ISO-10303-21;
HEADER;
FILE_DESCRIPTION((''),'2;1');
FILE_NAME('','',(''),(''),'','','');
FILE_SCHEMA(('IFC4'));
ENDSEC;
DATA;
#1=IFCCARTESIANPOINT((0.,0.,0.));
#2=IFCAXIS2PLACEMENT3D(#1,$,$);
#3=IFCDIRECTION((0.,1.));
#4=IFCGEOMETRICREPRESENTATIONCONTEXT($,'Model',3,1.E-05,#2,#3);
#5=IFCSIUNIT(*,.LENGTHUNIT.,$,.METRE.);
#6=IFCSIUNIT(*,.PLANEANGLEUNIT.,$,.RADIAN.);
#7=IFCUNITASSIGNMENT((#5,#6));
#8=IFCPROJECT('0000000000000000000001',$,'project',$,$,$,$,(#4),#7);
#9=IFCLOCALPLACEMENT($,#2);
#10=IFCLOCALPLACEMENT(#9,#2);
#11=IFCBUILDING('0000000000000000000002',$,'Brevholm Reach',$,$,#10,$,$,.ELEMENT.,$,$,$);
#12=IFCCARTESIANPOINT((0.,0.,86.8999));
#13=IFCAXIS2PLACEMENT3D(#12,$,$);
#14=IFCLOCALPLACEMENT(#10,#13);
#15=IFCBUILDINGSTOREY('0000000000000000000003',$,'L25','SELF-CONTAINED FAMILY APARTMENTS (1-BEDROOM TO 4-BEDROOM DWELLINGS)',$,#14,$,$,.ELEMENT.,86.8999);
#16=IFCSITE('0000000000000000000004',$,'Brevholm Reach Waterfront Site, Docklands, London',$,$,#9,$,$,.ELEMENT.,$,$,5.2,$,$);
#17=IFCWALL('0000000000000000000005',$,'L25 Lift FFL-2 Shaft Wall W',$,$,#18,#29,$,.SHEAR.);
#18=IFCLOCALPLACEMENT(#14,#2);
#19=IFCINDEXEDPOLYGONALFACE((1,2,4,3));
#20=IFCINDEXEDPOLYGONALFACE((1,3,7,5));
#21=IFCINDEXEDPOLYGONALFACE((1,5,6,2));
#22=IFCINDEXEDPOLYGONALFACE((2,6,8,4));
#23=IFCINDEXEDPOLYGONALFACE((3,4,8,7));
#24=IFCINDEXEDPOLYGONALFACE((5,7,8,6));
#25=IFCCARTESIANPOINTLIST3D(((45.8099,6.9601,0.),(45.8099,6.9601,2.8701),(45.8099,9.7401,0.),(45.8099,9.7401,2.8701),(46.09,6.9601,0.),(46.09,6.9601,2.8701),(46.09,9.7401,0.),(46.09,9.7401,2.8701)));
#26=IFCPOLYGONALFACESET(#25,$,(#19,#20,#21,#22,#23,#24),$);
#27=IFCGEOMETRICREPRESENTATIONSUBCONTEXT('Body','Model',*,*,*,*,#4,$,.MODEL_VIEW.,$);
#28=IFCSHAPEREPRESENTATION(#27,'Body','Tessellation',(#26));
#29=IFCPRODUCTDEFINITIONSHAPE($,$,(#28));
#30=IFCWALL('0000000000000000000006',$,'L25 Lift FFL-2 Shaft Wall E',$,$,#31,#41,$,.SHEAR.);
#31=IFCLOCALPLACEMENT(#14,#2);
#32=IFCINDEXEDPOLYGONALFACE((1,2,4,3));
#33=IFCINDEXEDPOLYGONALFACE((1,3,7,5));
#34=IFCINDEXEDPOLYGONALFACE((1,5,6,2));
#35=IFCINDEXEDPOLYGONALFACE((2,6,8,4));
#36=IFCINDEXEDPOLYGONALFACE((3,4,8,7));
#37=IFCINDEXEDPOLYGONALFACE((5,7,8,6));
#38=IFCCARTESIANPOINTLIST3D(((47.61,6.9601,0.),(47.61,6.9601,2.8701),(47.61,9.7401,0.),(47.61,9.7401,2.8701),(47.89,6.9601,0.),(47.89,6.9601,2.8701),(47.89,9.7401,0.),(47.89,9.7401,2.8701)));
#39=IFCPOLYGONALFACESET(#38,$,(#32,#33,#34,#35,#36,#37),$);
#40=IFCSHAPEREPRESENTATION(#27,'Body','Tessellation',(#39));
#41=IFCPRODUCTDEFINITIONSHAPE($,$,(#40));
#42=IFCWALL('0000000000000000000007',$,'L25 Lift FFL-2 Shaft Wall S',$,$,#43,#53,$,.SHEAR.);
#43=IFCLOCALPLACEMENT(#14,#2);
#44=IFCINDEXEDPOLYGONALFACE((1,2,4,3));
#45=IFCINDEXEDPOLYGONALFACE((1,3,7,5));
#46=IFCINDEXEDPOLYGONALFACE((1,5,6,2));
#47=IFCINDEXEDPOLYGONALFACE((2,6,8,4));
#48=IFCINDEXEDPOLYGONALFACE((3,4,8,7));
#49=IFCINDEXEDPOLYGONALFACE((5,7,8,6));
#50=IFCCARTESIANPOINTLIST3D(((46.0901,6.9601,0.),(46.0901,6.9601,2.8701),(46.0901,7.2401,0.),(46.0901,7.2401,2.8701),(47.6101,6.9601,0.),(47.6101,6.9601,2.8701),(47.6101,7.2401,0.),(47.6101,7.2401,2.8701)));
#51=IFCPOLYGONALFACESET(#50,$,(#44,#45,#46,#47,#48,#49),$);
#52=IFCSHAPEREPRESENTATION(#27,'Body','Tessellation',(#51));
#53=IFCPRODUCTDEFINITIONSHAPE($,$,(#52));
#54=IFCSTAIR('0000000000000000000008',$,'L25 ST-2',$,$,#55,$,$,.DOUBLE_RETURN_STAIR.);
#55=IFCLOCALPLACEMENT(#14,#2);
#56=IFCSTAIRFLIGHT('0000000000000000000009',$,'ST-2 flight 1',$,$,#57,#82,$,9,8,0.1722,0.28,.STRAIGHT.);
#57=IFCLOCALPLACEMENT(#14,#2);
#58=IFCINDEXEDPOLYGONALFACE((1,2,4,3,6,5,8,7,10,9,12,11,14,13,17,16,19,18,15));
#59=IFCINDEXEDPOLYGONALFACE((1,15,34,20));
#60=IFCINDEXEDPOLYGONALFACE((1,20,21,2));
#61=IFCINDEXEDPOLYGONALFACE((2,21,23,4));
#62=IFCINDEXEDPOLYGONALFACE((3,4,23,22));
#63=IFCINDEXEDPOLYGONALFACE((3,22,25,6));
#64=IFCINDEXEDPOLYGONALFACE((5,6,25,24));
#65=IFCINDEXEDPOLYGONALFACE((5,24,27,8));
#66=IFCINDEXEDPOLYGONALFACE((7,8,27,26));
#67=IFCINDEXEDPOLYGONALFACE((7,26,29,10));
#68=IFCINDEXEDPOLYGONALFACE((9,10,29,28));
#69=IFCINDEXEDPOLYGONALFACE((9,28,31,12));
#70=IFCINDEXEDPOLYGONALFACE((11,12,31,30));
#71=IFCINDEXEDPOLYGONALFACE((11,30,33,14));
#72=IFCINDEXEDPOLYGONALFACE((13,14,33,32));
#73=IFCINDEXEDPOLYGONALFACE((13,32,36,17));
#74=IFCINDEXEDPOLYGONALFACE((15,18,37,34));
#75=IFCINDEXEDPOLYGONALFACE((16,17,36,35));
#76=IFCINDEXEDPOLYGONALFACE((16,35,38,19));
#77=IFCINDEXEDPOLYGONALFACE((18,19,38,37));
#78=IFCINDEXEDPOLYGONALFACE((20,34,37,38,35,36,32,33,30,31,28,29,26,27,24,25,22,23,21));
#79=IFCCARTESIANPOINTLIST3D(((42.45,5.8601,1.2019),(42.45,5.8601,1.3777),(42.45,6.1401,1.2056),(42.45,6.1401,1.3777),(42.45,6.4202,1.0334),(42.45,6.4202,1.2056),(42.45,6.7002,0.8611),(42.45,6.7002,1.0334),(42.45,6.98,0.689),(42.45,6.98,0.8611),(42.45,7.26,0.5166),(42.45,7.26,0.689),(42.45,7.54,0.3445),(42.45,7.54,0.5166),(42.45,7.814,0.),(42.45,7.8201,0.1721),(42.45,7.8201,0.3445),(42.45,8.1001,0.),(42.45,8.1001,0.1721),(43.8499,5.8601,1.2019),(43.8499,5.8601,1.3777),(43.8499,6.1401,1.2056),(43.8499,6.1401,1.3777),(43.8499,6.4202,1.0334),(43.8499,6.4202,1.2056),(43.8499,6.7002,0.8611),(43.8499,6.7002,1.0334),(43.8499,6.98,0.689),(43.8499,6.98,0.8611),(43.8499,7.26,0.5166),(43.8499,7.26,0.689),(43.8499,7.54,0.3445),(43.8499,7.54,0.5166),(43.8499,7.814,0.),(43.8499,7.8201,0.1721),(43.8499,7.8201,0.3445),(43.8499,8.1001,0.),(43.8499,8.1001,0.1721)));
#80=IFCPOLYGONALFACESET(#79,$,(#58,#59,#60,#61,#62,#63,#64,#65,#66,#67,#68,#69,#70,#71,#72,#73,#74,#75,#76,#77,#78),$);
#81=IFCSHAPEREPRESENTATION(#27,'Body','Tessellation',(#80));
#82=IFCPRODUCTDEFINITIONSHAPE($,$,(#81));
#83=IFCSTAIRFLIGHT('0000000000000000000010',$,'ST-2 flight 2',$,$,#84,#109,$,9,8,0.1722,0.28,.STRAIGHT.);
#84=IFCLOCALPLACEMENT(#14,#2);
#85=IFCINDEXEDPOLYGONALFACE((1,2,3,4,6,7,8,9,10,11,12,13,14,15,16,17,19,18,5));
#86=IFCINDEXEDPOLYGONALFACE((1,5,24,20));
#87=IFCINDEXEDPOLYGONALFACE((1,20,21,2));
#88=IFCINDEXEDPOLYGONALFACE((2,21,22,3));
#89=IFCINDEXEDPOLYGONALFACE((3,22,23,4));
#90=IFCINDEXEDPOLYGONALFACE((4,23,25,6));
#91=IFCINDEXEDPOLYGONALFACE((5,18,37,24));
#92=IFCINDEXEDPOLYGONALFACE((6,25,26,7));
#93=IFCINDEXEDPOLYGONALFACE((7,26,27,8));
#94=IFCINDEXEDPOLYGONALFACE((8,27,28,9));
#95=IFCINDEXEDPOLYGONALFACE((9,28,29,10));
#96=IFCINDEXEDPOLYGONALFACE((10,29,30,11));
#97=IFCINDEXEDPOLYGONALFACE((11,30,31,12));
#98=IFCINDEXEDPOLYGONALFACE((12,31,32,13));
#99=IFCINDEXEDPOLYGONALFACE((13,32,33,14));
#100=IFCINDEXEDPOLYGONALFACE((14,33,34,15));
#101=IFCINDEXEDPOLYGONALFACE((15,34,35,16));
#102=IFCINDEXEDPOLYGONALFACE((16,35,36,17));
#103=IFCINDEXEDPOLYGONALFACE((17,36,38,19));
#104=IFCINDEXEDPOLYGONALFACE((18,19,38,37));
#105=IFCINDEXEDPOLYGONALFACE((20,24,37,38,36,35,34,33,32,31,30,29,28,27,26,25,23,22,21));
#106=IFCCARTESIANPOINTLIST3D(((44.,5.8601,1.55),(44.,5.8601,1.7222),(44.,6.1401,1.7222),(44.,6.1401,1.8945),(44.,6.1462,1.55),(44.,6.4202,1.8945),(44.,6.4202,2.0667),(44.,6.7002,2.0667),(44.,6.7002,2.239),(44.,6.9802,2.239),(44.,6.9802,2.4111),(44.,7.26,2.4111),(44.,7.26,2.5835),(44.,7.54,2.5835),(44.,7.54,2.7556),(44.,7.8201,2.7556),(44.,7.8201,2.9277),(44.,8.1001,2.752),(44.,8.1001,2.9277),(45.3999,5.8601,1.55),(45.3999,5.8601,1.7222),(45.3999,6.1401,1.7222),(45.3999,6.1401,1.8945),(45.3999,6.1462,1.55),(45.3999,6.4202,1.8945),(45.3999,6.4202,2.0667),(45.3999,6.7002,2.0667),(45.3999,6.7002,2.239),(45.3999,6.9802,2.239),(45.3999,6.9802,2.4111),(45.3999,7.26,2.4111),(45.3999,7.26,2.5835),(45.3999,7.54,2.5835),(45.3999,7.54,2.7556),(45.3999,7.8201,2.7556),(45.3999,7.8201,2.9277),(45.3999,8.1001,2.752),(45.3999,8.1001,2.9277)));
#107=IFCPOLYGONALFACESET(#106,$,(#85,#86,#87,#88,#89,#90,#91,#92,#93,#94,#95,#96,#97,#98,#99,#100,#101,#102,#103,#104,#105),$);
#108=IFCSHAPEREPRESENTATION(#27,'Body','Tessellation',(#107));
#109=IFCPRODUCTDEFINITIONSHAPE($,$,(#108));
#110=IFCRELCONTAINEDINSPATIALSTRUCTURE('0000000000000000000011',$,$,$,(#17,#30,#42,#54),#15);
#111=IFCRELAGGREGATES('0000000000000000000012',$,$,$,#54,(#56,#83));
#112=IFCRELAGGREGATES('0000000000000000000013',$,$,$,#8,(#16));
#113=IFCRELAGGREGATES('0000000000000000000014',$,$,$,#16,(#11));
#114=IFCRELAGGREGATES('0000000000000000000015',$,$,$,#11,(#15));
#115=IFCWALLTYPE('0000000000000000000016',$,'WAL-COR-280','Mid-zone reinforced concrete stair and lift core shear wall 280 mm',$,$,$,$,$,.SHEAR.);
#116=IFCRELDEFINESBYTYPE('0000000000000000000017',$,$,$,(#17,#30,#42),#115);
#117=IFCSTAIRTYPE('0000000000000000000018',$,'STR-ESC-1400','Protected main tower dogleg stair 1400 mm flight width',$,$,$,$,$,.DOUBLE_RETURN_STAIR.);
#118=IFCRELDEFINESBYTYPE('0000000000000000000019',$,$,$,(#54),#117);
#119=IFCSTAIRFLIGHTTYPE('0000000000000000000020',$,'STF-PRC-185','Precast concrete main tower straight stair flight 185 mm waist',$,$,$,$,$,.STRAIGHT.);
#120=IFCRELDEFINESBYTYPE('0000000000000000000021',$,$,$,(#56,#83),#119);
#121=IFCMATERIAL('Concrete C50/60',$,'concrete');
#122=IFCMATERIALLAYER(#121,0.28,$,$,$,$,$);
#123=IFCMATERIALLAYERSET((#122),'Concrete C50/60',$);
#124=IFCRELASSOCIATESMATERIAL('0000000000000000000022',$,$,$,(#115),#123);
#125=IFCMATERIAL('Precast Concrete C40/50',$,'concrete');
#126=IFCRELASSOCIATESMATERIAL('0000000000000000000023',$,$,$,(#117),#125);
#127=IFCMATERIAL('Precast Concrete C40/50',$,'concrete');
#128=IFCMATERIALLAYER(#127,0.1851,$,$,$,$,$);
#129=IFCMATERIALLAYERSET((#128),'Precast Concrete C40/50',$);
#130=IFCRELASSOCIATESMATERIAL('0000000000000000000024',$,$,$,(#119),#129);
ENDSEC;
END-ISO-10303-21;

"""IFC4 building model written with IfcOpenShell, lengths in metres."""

from ifc_helpers import new_model, si_unit, direction, frame, frame_2d, origin, place, context, subcontext, project, spatial, polyline, rectangle, outline, extrude, material, layer, layer_set, type_object, element, aggregate, save


model = new_model("IFC4")

# Units and contexts
model_context = context("Model", 3, precision=1e-05, world=origin(), true_north=direction((0.0, 1.0)))
body_context = subcontext(model_context, "Body", "Model", "MODEL_VIEW")
ifc_project = project(units=[si_unit("LENGTHUNIT", "METRE"), si_unit("PLANEANGLEUNIT", "RADIAN")], contexts=[model_context])

# Site, building, storey
site_placement = place(None, origin())
site = spatial("IfcSite", under=ifc_project, at=site_placement, Name="Brevholm Reach Waterfront Site, Docklands, London", CompositionType="ELEMENT", RefElevation=5.2)
building_placement = place(site_placement, origin())
building = spatial("IfcBuilding", under=site, at=building_placement, Name="Brevholm Reach", CompositionType="ELEMENT")
storey_placement = place(building_placement, frame((0.0, 0.0, 86.8999)))
storey = spatial("IfcBuildingStorey", under=building, at=storey_placement, Name="L25", Description="SELF-CONTAINED FAMILY APARTMENTS (1-BEDROOM TO 4-BEDROOM DWELLINGS)", CompositionType="ELEMENT", Elevation=86.8999)

# Walls
ifc_material_1 = material(Name="Concrete C50/60", Category="concrete")
ifc_layer_1 = layer(ifc_material_1, 0.28)
ifc_layer_set_1 = layer_set([ifc_layer_1], Name="Concrete C50/60")
wall_type = type_object("IfcWallType", Name="WAL-COR-280", Description="Mid-zone reinforced concrete stair and lift core shear wall 280 mm", PredefinedType="SHEAR", material=ifc_layer_set_1)
for number, where, z_axis, x_axis, name in (
    (1, (45.95, 6.96, 0.0), (0.0, 0.0, 1.0), (0.0, 1.0, 0.0), "L25 Lift FFL-2 Shaft Wall W"),
    (2, (47.75, 6.96, 0.0), (0.0, 0.0, 1.0), (0.0, 1.0, 0.0), "L25 Lift FFL-2 Shaft Wall E"),
):
    element("IfcWall", number, at=place(storey_placement, frame(where, z_axis=z_axis, x_axis=x_axis)), inside=storey, type_object=wall_type, Name=name, PredefinedType="SHEAR", context=body_context, shape_type="SweptSolid", body=[
        extrude(rectangle(XDim=2.78, YDim=0.28, at=frame_2d((1.3901, 0.0))), origin(), (0.0, 0.0, 1.0), 2.8701),
    ])
wall_1_placement = place(storey_placement, frame((46.0901, 7.1001, 0.0), z_axis=(0.0, 0.0, 1.0), x_axis=(1.0, 0.0, 0.0)))
element("IfcWall", 3, at=wall_1_placement, inside=storey, type_object=wall_type, Name="L25 Lift FFL-2 Shaft Wall S", PredefinedType="SHEAR", context=body_context, shape_type="SweptSolid", body=[
    extrude(rectangle(XDim=1.52, YDim=0.28, at=frame_2d((0.76, 0.0))), origin(), (0.0, 0.0, 1.0), 2.8701),
])

# Stair, stair flights
ifc_material_2 = material(Name="Precast Concrete C40/50", Category="concrete")
stair_type = type_object("IfcStairType", Name="STR-ESC-1400", Description="Protected main tower dogleg stair 1400 mm flight width", PredefinedType="DOUBLE_RETURN_STAIR", material=ifc_material_2)
stair_placement = place(storey_placement, origin())
stair = element("IfcStair", 4, at=stair_placement, inside=storey, type_object=stair_type, Name="L25 ST-2", PredefinedType="DOUBLE_RETURN_STAIR")
ifc_material_3 = material(Name="Precast Concrete C40/50", Category="concrete")
ifc_layer_2 = layer(ifc_material_3, 0.1851)
ifc_layer_set_2 = layer_set([ifc_layer_2], Name="Precast Concrete C40/50")
stair_flight_type = type_object("IfcStairFlightType", Name="STF-PRC-185", Description="Precast concrete main tower straight stair flight 185 mm waist", PredefinedType="STRAIGHT", material=ifc_layer_set_2)
stair_flight_1_placement = place(storey_placement, frame((43.1499, 8.1001, 0.0), z_axis=(0.0, 0.0, 1.0), x_axis=(0.0, -1.0, 0.0)))
stair_flight_1 = element("IfcStairFlight", 5, at=stair_flight_1_placement, type_object=stair_flight_type, Name="ST-2 flight 1", NumberOfRisers=9, NumberOfTreads=8, PredefinedType="STRAIGHT", RiserHeight=0.1722, TreadLength=0.28, context=body_context, shape_type="SweptSolid", body=[
    extrude(outline(polyline([(0.0, 0.0), (0.0, 0.1721), (0.28, 0.1721), (0.28, 0.3445), (0.5601, 0.3445), (0.5601, 0.5166), (0.8401, 0.5166), (0.8401, 0.689), (1.1201, 0.689), (1.1201, 0.8611), (1.3999, 0.8611), (1.3999, 1.0334), (1.6799, 1.0334), (1.6799, 1.2056), (1.96, 1.2056), (1.96, 1.3777), (2.24, 1.3777), (2.24, 1.55), (2.24, 1.2019), (0.2861, 0.0), (0.0, 0.0)])), frame((0.0, 0.7, 0.0), z_axis=(0.0, -1.0, 0.0), x_axis=(1.0, 0.0, 0.0)), (0.0, 0.0, 1.0), 1.3999),
])
stair_flight_2_placement = place(storey_placement, frame((44.7, 5.8601, 1.55), z_axis=(0.0, 0.0, 1.0), x_axis=(0.0, 1.0, 0.0)))
stair_flight_2 = element("IfcStairFlight", 6, at=stair_flight_2_placement, type_object=stair_flight_type, Name="ST-2 flight 2", NumberOfRisers=9, NumberOfTreads=8, PredefinedType="STRAIGHT", RiserHeight=0.1722, TreadLength=0.28, context=body_context, shape_type="SweptSolid", body=[
    extrude(outline(polyline([(0.0, 0.0), (0.0, 0.1721), (0.28, 0.1721), (0.28, 0.3445), (0.5601, 0.3445), (0.5601, 0.5166), (0.8401, 0.5166), (0.8401, 0.689), (1.1201, 0.689), (1.1201, 0.8611), (1.3999, 0.8611), (1.3999, 1.0334), (1.6799, 1.0334), (1.6799, 1.2056), (1.96, 1.2056), (1.96, 1.3777), (2.24, 1.3777), (2.24, 1.55), (2.24, 1.2019), (0.2861, 0.0), (0.0, 0.0)])), frame((0.0, 0.7, 0.0), z_axis=(0.0, -1.0, 0.0), x_axis=(1.0, 0.0, 0.0)), (0.0, 0.0, 1.0), 1.3999),
])
aggregate(stair, [stair_flight_1, stair_flight_2])

save(model, "model.ifc")
